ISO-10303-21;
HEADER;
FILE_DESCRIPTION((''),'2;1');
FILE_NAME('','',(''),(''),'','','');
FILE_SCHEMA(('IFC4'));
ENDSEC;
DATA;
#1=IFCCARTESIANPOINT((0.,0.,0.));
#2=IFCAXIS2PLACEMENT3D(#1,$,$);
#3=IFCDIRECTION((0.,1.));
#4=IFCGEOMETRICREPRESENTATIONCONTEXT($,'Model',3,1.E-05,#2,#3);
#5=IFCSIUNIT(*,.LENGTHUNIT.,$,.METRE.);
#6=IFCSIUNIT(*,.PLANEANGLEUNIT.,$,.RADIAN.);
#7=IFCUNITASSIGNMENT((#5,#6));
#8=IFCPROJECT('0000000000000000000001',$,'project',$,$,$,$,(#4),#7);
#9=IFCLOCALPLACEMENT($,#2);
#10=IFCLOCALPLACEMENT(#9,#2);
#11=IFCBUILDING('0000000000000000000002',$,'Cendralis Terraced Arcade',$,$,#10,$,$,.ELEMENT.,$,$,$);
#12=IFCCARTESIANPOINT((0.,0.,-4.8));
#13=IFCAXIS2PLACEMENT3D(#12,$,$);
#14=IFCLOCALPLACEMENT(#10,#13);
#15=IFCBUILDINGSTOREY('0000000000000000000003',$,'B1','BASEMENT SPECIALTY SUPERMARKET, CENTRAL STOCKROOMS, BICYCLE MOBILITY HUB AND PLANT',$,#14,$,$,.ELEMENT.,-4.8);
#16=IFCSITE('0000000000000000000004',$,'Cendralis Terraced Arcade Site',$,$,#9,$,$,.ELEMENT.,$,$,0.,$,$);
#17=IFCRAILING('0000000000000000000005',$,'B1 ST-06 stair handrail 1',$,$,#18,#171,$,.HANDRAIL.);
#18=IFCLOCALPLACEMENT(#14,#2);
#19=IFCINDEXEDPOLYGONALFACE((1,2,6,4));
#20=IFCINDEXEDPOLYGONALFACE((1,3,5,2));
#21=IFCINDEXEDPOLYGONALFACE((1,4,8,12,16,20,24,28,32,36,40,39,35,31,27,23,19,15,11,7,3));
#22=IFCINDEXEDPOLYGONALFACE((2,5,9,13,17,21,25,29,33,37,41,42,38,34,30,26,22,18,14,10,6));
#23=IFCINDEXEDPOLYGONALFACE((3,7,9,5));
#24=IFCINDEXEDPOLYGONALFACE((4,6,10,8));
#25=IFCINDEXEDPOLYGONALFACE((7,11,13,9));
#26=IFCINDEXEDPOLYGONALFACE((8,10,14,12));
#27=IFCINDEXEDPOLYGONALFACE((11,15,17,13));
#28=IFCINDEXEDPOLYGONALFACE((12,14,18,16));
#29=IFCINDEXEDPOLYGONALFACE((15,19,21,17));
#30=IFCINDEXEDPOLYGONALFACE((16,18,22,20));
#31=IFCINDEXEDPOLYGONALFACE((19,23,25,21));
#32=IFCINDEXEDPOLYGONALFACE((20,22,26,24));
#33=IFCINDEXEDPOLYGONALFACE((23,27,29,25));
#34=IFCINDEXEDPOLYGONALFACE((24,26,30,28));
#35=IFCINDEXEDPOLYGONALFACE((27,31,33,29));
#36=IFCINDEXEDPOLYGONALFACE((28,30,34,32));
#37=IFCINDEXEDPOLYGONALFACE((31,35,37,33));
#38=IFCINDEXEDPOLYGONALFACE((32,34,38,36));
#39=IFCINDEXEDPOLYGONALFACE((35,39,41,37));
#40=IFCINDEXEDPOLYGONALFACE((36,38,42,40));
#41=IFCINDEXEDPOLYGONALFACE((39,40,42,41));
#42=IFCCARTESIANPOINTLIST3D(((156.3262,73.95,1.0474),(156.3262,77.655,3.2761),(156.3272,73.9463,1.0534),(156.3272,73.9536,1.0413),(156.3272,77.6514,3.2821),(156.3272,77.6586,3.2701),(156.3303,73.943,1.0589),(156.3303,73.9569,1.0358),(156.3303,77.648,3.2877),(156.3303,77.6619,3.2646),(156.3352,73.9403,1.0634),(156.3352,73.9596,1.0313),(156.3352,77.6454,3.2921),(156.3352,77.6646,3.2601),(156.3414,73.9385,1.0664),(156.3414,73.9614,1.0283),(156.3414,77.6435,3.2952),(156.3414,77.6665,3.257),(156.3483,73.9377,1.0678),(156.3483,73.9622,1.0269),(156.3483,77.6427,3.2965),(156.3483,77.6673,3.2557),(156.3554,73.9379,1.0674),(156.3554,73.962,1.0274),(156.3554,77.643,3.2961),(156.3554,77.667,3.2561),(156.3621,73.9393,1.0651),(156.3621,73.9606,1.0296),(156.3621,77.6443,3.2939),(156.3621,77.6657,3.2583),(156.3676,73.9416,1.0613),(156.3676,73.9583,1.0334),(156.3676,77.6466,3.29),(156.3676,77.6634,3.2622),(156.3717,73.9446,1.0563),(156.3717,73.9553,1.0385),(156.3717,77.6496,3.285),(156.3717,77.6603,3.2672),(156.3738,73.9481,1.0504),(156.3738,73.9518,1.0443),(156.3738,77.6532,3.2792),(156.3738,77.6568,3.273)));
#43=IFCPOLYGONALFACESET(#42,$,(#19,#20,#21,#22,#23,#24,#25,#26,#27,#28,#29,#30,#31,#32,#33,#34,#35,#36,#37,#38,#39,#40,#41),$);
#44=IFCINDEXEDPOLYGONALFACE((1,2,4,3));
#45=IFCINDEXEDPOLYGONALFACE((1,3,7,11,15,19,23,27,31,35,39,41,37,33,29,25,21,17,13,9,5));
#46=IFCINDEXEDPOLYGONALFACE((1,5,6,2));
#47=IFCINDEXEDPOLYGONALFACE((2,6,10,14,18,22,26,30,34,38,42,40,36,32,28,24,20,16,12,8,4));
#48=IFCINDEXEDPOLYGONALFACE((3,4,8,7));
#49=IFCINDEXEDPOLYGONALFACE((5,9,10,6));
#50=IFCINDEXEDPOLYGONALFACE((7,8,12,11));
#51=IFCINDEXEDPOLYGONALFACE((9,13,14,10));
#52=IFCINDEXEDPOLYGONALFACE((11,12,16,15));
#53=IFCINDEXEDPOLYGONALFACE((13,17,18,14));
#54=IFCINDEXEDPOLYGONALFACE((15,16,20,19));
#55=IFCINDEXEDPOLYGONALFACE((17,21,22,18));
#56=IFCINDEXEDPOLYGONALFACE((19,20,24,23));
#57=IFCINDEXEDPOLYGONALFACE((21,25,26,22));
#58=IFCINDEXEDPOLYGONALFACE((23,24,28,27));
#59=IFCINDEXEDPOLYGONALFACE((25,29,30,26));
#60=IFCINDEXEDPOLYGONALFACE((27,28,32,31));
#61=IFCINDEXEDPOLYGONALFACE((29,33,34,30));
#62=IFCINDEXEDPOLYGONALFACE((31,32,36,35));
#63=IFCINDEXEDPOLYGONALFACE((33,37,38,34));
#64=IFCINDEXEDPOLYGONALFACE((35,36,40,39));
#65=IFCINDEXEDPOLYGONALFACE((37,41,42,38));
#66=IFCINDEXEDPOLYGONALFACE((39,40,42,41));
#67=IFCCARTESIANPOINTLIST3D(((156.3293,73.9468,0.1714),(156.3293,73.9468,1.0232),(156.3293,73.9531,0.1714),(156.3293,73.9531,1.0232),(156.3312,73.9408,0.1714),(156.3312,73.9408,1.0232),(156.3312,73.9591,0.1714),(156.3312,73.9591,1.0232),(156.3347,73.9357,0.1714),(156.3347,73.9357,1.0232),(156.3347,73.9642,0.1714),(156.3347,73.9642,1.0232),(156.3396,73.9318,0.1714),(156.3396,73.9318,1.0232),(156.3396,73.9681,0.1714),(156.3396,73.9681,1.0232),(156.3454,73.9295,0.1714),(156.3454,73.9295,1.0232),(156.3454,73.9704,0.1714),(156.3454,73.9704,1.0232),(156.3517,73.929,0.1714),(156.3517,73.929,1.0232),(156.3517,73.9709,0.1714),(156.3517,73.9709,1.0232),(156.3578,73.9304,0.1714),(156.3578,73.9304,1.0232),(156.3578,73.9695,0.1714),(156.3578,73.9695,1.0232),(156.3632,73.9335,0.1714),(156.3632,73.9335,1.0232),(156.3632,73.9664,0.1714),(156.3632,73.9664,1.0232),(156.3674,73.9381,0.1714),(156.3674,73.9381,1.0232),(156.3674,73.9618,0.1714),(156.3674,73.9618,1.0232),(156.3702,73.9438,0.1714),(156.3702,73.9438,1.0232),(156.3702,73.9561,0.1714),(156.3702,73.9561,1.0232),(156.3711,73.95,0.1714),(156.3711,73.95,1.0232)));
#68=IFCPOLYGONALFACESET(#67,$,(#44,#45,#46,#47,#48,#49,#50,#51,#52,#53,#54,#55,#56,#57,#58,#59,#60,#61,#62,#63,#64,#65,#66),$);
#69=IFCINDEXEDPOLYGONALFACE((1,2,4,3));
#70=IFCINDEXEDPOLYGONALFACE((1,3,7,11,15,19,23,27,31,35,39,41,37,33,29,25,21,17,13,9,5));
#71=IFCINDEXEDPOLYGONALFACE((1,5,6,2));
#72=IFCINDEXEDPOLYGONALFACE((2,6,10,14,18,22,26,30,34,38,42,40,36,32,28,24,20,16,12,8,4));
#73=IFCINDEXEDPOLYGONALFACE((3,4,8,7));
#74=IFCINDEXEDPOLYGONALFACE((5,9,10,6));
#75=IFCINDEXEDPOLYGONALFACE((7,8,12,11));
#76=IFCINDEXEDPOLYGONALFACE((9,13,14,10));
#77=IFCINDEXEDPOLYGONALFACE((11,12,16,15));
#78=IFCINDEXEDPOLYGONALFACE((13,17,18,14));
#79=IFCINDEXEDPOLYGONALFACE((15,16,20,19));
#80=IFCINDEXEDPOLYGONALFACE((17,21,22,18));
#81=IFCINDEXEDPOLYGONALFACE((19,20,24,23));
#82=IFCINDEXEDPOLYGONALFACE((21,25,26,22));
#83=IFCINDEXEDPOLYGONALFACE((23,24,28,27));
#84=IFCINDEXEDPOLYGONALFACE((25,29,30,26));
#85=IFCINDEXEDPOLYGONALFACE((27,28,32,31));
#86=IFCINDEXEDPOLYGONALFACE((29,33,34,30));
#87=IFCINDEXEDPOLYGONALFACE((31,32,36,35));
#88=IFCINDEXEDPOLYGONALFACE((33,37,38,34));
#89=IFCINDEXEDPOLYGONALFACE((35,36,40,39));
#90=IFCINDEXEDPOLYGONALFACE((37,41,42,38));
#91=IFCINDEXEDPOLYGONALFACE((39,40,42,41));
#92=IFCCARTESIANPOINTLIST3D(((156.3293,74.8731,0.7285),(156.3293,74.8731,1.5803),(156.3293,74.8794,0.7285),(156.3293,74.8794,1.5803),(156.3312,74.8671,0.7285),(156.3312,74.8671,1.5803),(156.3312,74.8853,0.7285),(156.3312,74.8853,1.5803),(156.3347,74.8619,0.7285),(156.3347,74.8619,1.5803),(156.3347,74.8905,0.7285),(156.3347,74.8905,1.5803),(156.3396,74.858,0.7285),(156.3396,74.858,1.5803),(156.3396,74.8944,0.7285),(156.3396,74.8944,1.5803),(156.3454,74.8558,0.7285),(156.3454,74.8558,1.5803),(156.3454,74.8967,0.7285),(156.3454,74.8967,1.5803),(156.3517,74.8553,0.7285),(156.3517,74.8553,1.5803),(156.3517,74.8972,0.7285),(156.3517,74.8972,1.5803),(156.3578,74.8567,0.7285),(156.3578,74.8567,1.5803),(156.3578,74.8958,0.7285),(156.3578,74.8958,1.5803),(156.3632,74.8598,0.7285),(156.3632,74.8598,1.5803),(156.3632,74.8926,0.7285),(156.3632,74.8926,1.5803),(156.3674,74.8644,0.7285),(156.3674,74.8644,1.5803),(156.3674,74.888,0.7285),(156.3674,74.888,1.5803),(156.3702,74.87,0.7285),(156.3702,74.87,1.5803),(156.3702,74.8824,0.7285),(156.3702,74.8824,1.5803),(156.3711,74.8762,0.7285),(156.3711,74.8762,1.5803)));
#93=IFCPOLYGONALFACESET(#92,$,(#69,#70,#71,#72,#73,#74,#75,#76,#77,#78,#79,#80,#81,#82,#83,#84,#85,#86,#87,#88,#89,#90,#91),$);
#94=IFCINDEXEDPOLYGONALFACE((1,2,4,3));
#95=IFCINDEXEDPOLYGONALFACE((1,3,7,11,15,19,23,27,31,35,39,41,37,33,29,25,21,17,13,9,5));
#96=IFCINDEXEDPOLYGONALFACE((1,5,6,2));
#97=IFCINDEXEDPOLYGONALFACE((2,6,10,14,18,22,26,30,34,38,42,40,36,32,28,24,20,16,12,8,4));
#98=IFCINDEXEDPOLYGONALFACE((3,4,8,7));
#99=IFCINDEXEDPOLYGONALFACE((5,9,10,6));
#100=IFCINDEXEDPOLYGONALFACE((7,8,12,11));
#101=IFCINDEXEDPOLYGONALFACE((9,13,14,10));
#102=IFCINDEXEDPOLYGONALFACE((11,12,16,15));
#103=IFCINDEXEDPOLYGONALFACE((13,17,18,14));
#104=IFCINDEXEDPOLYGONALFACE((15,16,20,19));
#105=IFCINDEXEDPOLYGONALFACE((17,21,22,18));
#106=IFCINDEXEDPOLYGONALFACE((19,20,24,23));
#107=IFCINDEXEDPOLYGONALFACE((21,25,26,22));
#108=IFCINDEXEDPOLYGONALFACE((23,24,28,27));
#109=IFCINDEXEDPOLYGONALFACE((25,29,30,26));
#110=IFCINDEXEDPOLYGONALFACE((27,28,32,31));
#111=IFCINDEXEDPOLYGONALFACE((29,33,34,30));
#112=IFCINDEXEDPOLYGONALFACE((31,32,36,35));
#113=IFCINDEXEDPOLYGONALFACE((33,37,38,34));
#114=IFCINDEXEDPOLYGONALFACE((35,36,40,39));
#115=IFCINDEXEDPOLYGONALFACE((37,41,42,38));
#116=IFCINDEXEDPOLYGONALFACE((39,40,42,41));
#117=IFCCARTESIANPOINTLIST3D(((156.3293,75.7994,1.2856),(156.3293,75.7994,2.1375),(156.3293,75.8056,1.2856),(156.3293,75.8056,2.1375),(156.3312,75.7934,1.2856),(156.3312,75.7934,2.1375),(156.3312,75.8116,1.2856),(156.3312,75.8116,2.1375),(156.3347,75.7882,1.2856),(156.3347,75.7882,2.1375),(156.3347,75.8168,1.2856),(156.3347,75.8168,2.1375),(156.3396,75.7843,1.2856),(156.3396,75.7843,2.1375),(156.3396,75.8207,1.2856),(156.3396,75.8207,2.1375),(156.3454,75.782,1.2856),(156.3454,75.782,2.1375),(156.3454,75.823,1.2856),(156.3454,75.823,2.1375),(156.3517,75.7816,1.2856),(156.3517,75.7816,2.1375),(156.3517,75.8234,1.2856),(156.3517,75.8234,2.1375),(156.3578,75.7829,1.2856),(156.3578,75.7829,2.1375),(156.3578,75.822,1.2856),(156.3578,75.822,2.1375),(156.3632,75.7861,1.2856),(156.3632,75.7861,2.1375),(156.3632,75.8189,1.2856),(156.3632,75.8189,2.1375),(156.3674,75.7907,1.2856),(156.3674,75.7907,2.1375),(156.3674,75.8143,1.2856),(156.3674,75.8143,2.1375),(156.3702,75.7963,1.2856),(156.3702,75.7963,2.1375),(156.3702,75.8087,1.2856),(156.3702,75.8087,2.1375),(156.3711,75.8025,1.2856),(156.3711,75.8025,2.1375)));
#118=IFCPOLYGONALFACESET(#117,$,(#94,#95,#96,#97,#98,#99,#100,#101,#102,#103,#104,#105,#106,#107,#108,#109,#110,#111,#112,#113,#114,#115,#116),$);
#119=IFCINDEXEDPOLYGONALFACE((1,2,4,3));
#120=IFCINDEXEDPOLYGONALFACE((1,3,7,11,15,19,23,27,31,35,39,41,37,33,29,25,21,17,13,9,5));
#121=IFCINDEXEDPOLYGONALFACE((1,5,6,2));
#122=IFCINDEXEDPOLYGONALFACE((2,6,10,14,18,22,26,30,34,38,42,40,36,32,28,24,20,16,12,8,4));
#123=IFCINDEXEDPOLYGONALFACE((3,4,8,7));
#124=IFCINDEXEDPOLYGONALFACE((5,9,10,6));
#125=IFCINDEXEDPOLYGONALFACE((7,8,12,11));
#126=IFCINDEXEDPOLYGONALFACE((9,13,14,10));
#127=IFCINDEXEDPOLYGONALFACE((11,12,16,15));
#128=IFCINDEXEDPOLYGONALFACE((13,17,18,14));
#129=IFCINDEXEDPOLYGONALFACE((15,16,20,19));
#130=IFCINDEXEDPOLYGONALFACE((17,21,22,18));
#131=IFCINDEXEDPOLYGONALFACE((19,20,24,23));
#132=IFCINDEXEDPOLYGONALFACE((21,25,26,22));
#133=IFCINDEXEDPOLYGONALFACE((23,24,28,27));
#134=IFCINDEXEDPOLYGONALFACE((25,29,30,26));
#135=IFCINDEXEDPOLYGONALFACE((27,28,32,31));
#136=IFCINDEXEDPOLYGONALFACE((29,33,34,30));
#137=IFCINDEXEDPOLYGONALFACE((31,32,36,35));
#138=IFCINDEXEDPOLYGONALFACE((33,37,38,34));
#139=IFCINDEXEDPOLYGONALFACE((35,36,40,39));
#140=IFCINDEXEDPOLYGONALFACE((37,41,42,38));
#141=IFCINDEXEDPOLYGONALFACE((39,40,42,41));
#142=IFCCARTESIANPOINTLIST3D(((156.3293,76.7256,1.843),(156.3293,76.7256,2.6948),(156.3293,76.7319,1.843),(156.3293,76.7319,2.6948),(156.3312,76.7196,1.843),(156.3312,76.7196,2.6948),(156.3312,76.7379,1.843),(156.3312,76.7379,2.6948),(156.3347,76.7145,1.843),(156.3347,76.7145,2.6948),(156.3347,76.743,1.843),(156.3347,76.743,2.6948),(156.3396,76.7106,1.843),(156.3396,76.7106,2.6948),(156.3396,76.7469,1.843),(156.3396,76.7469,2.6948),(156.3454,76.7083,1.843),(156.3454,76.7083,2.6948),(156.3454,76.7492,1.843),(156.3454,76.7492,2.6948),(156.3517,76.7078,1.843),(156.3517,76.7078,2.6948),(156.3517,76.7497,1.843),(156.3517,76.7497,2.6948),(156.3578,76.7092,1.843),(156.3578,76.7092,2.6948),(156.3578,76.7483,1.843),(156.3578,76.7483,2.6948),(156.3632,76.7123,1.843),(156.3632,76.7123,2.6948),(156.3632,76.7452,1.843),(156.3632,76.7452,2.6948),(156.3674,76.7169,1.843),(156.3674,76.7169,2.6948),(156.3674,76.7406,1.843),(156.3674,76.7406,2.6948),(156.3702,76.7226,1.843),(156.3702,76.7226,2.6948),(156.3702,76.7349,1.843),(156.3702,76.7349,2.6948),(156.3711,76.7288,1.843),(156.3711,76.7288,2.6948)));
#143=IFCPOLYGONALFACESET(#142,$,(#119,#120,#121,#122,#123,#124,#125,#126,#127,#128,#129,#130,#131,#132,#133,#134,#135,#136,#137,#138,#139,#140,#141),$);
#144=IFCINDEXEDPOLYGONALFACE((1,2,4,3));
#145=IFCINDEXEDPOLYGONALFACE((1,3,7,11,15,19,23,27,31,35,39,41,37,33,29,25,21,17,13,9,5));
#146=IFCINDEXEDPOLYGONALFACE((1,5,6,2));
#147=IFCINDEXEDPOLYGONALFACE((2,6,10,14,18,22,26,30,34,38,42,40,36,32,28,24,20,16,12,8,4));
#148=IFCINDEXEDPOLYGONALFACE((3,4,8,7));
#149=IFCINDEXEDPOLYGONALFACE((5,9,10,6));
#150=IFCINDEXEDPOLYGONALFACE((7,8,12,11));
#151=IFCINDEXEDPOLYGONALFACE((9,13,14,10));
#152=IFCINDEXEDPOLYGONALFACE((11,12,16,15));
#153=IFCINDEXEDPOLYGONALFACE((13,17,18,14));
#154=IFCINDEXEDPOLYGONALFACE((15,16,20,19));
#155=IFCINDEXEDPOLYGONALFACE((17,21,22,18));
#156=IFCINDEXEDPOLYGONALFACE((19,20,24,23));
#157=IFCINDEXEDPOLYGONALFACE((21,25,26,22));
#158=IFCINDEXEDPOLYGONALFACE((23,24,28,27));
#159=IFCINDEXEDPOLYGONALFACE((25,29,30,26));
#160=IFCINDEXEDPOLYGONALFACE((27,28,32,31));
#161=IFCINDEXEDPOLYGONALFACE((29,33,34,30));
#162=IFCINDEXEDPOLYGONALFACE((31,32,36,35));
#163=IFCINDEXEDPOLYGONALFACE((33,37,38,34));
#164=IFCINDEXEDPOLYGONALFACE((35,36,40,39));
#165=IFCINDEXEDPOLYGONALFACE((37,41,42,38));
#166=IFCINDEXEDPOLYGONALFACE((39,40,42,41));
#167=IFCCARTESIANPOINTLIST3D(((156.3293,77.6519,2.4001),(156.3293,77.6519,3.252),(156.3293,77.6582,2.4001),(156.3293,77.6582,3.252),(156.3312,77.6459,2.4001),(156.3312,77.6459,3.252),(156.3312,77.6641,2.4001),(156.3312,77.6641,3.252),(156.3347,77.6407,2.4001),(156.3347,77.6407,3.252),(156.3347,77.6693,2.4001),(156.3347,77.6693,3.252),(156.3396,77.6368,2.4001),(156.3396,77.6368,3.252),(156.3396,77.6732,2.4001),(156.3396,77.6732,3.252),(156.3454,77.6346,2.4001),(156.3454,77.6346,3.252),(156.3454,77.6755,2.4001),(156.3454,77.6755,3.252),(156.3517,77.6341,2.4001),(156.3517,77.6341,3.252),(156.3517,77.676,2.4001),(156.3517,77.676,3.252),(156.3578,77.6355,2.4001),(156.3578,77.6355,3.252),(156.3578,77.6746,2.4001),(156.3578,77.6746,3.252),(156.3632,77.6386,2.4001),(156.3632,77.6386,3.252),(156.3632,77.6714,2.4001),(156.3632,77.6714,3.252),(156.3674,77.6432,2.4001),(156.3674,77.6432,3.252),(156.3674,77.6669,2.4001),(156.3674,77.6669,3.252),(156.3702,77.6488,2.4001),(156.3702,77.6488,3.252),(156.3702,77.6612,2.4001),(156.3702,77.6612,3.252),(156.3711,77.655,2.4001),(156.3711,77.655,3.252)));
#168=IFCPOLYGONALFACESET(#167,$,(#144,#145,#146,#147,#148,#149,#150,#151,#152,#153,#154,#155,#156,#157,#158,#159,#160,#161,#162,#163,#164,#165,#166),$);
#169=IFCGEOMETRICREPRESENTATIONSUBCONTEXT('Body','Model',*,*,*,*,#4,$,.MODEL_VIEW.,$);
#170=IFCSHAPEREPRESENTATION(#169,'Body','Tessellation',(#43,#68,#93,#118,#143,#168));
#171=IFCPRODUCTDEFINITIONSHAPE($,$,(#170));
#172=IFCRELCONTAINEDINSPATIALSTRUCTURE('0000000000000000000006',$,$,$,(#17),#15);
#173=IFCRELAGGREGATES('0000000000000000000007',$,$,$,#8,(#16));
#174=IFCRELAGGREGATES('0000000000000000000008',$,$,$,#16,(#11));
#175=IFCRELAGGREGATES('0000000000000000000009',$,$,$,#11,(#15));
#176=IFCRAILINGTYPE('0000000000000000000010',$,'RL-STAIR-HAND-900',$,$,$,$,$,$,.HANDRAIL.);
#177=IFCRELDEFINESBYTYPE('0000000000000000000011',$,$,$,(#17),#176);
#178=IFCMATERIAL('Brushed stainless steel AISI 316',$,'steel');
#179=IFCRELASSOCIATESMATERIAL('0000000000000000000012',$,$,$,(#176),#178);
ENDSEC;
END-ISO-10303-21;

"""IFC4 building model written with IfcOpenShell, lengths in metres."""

from ifc_helpers import new_model, si_unit, direction, frame, origin, origin_2d, place, context, subcontext, project, spatial, circle, extrude, material, type_object, element, save


model = new_model("IFC4")

# Units and contexts
model_context = context("Model", 3, precision=1e-05, world=origin(), true_north=direction((0.0, 1.0)))
body_context = subcontext(model_context, "Body", "Model", "MODEL_VIEW")
ifc_project = project(units=[si_unit("LENGTHUNIT", "METRE"), si_unit("PLANEANGLEUNIT", "RADIAN")], contexts=[model_context])

# Site, building, storey
site_placement = place(None, origin())
site = spatial("IfcSite", under=ifc_project, at=site_placement, Name="Cendralis Terraced Arcade Site", CompositionType="ELEMENT", RefElevation=0.0)
building_placement = place(site_placement, origin())
building = spatial("IfcBuilding", under=site, at=building_placement, Name="Cendralis Terraced Arcade", CompositionType="ELEMENT")
storey_placement = place(building_placement, frame((0.0, 0.0, -4.8)))
storey = spatial("IfcBuildingStorey", under=building, at=storey_placement, Name="B1", Description="BASEMENT SPECIALTY SUPERMARKET, CENTRAL STOCKROOMS, BICYCLE MOBILITY HUB AND PLANT", CompositionType="ELEMENT", Elevation=-4.8)

# Railing
ifc_material_1 = material(Name="Brushed stainless steel AISI 316", Category="steel")
railing_type_1 = type_object("IfcRailingType", Name="RL-STAIR-HAND-900", PredefinedType="HANDRAIL", material=ifc_material_1)
railing_1_placement = place(storey_placement, frame((156.3501, 73.95, 0.1714)))
element("IfcRailing", 1, at=railing_1_placement, inside=storey, type_object=railing_type_1, Name="B1 ST-06 stair handrail 1", PredefinedType="HANDRAIL", context=body_context, shape_type="SweptSolid", body=[
    extrude(circle(Radius=0.0239, at=origin_2d()), frame((0.0, 0.0, 0.876), z_axis=(0.0, 0.856909, 0.515467), x_axis=(-1.0, 0.0, 0.0)), (0.0, 0.0, 1.0), 4.3237),
    extrude(circle(Radius=0.021, at=origin_2d()), origin(), (0.0, 0.0, 1.0), 0.8518),
    extrude(circle(Radius=0.021, at=origin_2d()), frame((0.0, 0.9263, 0.5571)), (0.0, 0.0, 1.0), 0.8518),
    extrude(circle(Radius=0.021, at=origin_2d()), frame((0.0, 1.8525, 1.1143)), (0.0, 0.0, 1.0), 0.8518),
    extrude(circle(Radius=0.021, at=origin_2d()), frame((0.0, 2.7788, 1.6716)), (0.0, 0.0, 1.0), 0.8518),
    extrude(circle(Radius=0.021, at=origin_2d()), frame((0.0, 3.7051, 2.2288)), (0.0, 0.0, 1.0), 0.8518),
])

save(model, "model.ifc")
